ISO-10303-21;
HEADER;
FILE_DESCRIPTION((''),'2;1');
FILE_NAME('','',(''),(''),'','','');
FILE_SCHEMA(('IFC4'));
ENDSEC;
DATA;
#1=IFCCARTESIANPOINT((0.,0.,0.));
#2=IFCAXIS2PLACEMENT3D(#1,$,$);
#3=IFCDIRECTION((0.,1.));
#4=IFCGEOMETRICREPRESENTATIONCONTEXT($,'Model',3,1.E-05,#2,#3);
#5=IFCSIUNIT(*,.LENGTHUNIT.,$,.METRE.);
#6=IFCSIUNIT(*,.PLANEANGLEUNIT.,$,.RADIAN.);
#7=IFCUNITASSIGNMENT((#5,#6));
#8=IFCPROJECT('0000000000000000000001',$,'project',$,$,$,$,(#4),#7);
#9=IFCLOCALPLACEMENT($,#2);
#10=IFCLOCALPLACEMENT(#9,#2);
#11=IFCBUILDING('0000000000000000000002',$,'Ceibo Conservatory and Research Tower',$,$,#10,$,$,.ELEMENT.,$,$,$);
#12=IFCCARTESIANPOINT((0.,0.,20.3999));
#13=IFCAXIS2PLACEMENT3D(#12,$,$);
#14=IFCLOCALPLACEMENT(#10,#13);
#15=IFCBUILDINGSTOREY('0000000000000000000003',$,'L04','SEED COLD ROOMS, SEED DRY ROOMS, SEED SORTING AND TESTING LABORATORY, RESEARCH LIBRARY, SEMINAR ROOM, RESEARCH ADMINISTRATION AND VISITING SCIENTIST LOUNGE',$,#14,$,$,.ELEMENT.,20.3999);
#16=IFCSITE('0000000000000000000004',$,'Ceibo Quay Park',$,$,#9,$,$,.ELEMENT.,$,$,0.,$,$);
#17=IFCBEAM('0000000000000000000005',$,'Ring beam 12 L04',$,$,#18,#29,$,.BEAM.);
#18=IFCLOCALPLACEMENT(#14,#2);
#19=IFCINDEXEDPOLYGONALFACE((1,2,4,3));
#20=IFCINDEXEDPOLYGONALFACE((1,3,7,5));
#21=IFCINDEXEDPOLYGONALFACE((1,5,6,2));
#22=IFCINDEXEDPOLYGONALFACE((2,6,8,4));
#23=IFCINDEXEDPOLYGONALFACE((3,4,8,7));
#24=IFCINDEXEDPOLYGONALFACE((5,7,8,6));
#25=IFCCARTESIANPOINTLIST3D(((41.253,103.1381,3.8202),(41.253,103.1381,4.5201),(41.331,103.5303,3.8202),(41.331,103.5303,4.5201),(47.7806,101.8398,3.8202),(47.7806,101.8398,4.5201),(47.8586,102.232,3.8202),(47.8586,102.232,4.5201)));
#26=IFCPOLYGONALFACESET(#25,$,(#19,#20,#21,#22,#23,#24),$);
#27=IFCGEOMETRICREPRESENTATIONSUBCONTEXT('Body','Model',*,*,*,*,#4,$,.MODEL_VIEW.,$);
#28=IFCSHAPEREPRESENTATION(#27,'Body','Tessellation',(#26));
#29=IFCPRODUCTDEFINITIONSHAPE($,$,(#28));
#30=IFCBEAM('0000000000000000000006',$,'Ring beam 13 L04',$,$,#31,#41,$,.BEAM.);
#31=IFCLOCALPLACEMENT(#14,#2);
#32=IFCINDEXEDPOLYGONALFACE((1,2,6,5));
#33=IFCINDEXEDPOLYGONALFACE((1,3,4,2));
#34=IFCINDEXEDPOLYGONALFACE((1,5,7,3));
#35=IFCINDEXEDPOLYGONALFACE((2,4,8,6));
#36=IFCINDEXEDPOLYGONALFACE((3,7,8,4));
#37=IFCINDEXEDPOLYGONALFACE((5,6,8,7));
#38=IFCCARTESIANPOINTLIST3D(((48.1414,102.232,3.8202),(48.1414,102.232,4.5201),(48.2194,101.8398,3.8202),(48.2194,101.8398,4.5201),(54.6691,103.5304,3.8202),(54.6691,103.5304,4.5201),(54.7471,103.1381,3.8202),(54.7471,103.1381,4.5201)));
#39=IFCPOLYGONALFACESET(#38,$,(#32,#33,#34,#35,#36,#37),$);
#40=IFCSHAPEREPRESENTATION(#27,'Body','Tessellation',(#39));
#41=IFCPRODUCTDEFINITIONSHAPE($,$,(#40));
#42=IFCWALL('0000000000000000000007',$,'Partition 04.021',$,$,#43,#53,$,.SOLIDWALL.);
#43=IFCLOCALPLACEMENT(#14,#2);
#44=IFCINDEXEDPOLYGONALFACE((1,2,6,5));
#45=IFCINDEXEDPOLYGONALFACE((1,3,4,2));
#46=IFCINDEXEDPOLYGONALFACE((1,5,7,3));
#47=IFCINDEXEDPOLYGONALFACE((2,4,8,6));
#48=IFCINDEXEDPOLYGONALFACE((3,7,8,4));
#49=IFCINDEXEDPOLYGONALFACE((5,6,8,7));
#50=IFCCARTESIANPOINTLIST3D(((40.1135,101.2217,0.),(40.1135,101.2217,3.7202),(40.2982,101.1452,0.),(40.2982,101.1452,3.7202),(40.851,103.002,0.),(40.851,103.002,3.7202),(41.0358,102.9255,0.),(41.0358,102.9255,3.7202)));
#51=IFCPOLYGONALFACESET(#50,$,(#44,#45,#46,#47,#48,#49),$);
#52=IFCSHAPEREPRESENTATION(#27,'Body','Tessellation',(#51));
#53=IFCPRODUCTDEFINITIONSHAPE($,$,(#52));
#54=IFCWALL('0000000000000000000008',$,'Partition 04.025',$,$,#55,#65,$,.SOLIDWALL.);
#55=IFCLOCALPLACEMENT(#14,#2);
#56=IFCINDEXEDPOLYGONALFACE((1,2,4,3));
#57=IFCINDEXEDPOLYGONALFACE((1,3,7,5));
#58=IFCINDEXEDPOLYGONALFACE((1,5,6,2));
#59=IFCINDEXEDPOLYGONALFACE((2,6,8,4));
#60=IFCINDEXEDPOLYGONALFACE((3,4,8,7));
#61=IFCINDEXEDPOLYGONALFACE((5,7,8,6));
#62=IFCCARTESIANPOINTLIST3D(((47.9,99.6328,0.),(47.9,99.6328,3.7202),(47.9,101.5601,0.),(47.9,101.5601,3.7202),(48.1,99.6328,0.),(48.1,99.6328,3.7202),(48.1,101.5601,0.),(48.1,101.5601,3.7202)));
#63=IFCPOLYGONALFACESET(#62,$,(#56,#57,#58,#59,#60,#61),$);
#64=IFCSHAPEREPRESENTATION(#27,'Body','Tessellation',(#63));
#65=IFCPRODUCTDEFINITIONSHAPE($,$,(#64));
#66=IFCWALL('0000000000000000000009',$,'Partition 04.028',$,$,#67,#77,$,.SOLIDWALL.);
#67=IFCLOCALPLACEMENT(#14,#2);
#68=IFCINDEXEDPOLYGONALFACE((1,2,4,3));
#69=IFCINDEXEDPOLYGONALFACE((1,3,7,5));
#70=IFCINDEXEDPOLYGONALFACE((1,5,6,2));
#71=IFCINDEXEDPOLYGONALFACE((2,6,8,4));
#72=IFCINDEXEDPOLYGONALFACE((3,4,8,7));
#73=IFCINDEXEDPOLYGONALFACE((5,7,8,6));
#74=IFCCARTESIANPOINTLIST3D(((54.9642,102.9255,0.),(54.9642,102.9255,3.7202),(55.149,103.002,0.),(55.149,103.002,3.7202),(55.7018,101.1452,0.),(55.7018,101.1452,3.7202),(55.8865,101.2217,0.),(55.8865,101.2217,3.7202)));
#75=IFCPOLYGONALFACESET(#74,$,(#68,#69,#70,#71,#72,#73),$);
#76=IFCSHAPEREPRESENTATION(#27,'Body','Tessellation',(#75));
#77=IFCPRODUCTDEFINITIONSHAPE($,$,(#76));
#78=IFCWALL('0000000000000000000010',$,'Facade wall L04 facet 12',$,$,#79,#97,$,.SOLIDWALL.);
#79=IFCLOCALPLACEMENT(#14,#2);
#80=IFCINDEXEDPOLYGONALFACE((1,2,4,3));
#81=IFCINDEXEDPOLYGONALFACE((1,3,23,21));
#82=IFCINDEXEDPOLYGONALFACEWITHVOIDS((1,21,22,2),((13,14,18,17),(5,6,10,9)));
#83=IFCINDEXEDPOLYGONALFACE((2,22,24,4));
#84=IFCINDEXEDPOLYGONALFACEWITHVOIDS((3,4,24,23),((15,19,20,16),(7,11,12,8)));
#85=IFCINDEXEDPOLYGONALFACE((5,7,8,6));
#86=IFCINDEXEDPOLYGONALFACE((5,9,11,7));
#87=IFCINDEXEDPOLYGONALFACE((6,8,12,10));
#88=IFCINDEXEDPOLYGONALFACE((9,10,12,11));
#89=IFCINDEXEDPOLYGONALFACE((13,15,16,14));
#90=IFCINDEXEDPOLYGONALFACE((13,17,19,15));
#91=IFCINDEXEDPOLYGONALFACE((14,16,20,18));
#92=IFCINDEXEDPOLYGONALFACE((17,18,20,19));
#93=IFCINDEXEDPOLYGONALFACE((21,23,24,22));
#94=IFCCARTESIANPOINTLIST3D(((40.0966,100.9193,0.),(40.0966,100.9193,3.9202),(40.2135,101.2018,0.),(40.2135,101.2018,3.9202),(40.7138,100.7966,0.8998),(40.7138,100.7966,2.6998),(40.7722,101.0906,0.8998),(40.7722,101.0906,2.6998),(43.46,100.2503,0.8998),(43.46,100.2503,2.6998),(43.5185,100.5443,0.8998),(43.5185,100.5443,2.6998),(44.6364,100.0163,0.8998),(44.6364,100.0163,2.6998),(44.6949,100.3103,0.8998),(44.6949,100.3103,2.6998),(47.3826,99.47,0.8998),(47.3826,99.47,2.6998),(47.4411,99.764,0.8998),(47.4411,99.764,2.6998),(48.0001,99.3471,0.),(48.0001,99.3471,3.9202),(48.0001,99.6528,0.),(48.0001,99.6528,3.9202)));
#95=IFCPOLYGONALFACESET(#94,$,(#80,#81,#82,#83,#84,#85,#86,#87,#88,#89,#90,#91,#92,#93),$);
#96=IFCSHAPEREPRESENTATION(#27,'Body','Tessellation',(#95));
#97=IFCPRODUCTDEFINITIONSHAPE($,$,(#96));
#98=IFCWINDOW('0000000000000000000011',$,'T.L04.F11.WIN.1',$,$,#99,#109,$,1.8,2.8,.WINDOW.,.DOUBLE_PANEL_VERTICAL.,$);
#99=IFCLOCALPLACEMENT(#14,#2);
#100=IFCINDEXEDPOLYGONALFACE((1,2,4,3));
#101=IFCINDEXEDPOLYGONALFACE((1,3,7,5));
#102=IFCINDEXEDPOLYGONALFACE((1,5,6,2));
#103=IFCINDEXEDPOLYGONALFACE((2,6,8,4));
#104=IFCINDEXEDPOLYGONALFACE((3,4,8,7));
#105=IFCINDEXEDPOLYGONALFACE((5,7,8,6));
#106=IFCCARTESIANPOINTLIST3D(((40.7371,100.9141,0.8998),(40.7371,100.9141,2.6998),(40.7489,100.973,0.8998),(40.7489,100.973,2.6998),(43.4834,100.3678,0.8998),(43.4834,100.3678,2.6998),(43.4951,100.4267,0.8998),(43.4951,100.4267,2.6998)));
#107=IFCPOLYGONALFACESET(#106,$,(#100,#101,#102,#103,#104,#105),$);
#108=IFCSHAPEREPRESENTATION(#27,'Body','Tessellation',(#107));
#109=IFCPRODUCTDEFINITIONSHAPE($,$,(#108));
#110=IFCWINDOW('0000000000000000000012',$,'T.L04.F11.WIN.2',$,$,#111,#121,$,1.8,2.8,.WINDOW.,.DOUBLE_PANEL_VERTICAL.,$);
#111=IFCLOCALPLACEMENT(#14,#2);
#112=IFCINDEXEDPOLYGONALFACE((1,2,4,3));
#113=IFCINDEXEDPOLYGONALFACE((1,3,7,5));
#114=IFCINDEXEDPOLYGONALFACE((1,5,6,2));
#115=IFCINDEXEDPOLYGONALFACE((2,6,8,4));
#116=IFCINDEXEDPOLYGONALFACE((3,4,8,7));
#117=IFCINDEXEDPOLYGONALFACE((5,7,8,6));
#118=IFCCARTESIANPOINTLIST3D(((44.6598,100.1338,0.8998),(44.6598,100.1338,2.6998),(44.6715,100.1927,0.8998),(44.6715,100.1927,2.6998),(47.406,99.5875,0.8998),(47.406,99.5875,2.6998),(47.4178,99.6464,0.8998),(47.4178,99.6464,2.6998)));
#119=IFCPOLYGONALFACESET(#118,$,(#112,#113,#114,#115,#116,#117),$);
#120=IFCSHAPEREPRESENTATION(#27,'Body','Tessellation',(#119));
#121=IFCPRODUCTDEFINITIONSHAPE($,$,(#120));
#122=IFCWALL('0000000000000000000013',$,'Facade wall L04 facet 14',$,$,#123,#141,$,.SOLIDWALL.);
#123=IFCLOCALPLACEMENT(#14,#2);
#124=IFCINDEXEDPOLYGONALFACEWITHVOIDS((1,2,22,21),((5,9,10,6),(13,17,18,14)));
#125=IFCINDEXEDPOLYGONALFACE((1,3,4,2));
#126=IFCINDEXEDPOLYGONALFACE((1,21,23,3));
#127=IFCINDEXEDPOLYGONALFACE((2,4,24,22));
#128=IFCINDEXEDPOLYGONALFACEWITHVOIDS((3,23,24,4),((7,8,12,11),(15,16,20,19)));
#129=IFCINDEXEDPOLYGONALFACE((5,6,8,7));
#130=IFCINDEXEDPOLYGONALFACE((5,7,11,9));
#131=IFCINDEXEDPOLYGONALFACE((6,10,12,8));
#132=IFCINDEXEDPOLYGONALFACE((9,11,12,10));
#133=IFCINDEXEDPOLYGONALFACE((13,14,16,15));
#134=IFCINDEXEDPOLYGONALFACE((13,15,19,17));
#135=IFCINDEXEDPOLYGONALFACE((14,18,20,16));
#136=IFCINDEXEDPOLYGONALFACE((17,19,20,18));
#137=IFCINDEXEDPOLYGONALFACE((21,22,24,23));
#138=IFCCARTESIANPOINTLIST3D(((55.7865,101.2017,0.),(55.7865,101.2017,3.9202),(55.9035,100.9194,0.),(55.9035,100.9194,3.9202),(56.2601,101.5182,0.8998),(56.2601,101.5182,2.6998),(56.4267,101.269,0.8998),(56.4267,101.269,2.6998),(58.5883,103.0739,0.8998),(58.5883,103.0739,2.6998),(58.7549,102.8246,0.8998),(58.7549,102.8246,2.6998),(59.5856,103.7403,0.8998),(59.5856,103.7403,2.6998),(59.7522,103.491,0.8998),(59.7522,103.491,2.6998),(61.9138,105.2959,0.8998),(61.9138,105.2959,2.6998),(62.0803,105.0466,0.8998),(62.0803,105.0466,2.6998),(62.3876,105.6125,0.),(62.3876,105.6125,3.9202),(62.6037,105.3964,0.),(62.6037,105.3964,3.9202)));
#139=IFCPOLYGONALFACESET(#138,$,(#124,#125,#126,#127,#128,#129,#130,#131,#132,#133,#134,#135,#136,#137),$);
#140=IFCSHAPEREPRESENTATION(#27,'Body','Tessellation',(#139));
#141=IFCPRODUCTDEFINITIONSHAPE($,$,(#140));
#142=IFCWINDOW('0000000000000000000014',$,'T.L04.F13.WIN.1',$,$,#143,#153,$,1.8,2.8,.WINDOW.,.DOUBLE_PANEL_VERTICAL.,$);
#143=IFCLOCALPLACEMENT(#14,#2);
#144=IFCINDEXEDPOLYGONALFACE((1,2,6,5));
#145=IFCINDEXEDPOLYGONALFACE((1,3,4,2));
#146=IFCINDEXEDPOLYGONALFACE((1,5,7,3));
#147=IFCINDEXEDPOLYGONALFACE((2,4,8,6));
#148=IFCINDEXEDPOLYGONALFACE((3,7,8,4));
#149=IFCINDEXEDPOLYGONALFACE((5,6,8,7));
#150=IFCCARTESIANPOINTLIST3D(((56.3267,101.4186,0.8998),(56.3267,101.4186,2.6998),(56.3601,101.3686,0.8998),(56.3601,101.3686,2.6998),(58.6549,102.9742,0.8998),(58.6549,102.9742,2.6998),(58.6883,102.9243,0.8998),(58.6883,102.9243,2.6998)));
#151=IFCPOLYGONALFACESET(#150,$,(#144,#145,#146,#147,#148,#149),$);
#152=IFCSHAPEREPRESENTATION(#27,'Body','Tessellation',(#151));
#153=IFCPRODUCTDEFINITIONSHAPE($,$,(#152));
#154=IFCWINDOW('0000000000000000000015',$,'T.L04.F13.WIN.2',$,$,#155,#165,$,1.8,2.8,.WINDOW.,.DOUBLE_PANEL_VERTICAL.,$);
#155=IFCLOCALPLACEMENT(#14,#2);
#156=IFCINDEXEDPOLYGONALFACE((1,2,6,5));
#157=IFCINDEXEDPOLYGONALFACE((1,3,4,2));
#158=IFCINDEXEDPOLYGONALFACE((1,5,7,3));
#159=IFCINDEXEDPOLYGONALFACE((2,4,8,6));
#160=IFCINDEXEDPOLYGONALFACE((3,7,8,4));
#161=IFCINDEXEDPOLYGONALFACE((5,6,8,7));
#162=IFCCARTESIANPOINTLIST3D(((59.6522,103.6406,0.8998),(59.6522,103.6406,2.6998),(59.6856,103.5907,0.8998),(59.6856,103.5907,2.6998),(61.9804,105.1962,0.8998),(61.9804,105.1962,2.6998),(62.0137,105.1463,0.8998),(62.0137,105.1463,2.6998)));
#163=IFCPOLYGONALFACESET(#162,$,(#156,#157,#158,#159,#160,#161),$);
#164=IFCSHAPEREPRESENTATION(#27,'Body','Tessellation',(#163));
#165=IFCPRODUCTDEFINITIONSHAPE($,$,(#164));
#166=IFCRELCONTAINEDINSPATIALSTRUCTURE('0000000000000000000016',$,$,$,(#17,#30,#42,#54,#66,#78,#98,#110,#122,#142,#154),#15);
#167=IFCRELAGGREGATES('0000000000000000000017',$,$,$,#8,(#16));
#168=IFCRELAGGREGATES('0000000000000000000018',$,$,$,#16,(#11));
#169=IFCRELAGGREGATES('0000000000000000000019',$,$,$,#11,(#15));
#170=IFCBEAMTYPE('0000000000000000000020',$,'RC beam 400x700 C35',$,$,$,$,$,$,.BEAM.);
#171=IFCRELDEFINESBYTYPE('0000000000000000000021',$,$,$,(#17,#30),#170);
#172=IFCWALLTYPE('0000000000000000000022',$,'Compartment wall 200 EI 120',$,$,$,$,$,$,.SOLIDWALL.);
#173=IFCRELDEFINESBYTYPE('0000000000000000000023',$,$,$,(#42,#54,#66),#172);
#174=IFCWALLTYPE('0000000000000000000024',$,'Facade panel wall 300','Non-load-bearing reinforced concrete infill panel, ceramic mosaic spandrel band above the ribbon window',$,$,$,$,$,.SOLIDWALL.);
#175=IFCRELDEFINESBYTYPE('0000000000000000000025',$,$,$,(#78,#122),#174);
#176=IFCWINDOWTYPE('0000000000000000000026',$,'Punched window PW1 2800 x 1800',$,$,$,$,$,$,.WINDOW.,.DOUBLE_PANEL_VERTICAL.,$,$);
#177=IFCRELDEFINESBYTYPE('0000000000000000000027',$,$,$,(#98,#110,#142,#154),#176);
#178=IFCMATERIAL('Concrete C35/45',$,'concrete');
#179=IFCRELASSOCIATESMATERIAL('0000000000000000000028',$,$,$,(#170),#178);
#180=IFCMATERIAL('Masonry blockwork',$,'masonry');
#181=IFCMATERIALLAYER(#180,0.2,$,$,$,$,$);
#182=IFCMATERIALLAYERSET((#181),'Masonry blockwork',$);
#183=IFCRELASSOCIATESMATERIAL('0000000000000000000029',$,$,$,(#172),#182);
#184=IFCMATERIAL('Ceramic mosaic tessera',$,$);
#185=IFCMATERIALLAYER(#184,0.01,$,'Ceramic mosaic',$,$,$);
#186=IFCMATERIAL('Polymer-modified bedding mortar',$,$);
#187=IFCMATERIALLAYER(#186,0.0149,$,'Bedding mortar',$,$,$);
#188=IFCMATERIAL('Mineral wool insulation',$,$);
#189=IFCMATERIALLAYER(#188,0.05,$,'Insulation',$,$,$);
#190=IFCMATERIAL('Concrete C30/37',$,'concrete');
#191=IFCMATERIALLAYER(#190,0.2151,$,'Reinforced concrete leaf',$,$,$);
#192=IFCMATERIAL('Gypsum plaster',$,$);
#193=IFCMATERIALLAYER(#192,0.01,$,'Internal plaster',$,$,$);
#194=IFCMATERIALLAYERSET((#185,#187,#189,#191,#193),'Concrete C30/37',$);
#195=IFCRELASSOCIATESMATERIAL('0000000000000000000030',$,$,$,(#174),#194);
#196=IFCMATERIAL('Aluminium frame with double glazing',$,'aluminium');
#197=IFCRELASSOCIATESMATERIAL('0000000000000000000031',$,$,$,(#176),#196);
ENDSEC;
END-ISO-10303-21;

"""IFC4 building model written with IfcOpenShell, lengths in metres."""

from ifc_helpers import new_model, si_unit, direction, frame, frame_2d, origin, origin_2d, place, context, subcontext, project, spatial, polyline, rectangle, outline, extrude, material, layer, layer_set, material_profile, profile_set, type_object, element, fill, save


model = new_model("IFC4")

# Units and contexts
model_context = context("Model", 3, precision=1e-05, world=origin(), true_north=direction((0.0, 1.0)))
body_context = subcontext(model_context, "Body", "Model", "MODEL_VIEW")
ifc_project = project(units=[si_unit("LENGTHUNIT", "METRE"), si_unit("PLANEANGLEUNIT", "RADIAN")], contexts=[model_context])

# Site, building, storey
site_placement = place(None, origin())
site = spatial("IfcSite", under=ifc_project, at=site_placement, Name="Ceibo Quay Park", CompositionType="ELEMENT", RefElevation=0.0)
building_placement = place(site_placement, origin())
building = spatial("IfcBuilding", under=site, at=building_placement, Name="Ceibo Conservatory and Research Tower", CompositionType="ELEMENT")
storey_placement = place(building_placement, frame((0.0, 0.0, 20.3999)))
storey = spatial("IfcBuildingStorey", under=building, at=storey_placement, Name="L04", Description="SEED COLD ROOMS, SEED DRY ROOMS, SEED SORTING AND TESTING LABORATORY, RESEARCH LIBRARY, SEMINAR ROOM, RESEARCH ADMINISTRATION AND VISITING SCIENTIST LOUNGE", CompositionType="ELEMENT", Elevation=20.3999)

# Shared definitions
ifc_material_1 = material(Name="Concrete C35/45", Category="concrete")

# Beams
ifc_material_profile_1 = material_profile(ifc_material_1, rectangle(XDim=0.3999, YDim=0.7, at=origin_2d()), Name="RC 400x700")
ifc_profile_set_1 = profile_set([ifc_material_profile_1], Name="Concrete C35/45")
beam_type_1 = type_object("IfcBeamType", Name="RC beam 400x700 C35", PredefinedType="BEAM", material=ifc_profile_set_1)
for number, where, z_axis, x_axis, name in (
    (1, (41.292, 103.3342, 4.1702), (0.980788, -0.195079, 0.0), (0.195079, 0.980788, 0.0), "Ring beam 12 L04"),
    (2, (48.1804, 102.0359, 4.1702), (0.980788, 0.195079, 0.0), (-0.195079, 0.980788, 0.0), "Ring beam 13 L04"),
):
    element("IfcBeam", number, at=place(storey_placement, frame(where, z_axis=z_axis, x_axis=x_axis)), inside=storey, type_object=beam_type_1, Name=name, PredefinedType="BEAM", context=body_context, shape_type="SweptSolid", body=[
        extrude(rectangle(XDim=0.3999, YDim=0.7, at=origin_2d()), origin(), (0.0, 0.0, 1.0), 6.6555),
    ])

# Walls
ifc_material_2 = material(Name="Masonry blockwork", Category="masonry")
ifc_layer_1 = layer(ifc_material_2, 0.2)
ifc_layer_set_1 = layer_set([ifc_layer_1], Name="Masonry blockwork")
wall_type_1 = type_object("IfcWallType", Name="Compartment wall 200 EI 120", PredefinedType="SOLIDWALL", material=ifc_layer_set_1)
wall_1_placement = place(storey_placement, frame((40.9434, 102.9636, 0.0), z_axis=(0.0, 0.0, 1.0), x_axis=(-0.382743, -0.923855, 0.0)))
element("IfcWall", 3, at=wall_1_placement, inside=storey, type_object=wall_type_1, Name="Partition 04.021", PredefinedType="SOLIDWALL", context=body_context, shape_type="SweptSolid", body=[
    extrude(rectangle(XDim=1.927, YDim=0.2, at=frame_2d((0.9634, 0.0))), origin(), (0.0, 0.0, 1.0), 3.7202),
])
wall_2_placement = place(storey_placement, frame((48.0, 101.5601, 0.0), z_axis=(0.0, 0.0, 1.0), x_axis=(0.0, -1.0, 0.0)))
element("IfcWall", 4, at=wall_2_placement, inside=storey, type_object=wall_type_1, Name="Partition 04.025", PredefinedType="SOLIDWALL", context=body_context, shape_type="SweptSolid", body=[
    extrude(rectangle(XDim=1.9272, YDim=0.2, at=frame_2d((0.9636, 0.0))), origin(), (0.0, 0.0, 1.0), 3.7202),
])
wall_3_placement = place(storey_placement, frame((55.0566, 102.9636, 0.0), z_axis=(0.0, 0.0, 1.0), x_axis=(0.382743, -0.923855, 0.0)))
element("IfcWall", 5, at=wall_3_placement, inside=storey, type_object=wall_type_1, Name="Partition 04.028", PredefinedType="SOLIDWALL", context=body_context, shape_type="SweptSolid", body=[
    extrude(rectangle(XDim=1.927, YDim=0.2, at=frame_2d((0.9634, 0.0))), origin(), (0.0, 0.0, 1.0), 3.7202),
])

# Walls, openings, windows
ifc_material_3 = material(Name="Ceramic mosaic tessera")
ifc_layer_2 = layer(ifc_material_3, 0.01, Name="Ceramic mosaic")
ifc_material_4 = material(Name="Polymer-modified bedding mortar")
ifc_layer_3 = layer(ifc_material_4, 0.0149, Name="Bedding mortar")
ifc_material_5 = material(Name="Mineral wool insulation")
ifc_layer_4 = layer(ifc_material_5, 0.05, Name="Insulation")
ifc_material_6 = material(Name="Concrete C30/37", Category="concrete")
ifc_layer_5 = layer(ifc_material_6, 0.2151, Name="Reinforced concrete leaf")
ifc_material_7 = material(Name="Gypsum plaster")
ifc_layer_6 = layer(ifc_material_7, 0.01, Name="Internal plaster")
ifc_layer_set_2 = layer_set([ifc_layer_2, ifc_layer_3, ifc_layer_4, ifc_layer_5, ifc_layer_6], Name="Concrete C30/37")
wall_type_2 = type_object("IfcWallType", Name="Facade panel wall 300", Description="Non-load-bearing reinforced concrete infill panel, ceramic mosaic spandrel band above the ribbon window", PredefinedType="SOLIDWALL", material=ifc_layer_set_2)
wall_4_placement = place(storey_placement, frame((40.155, 101.0605, 0.0), z_axis=(0.0, 0.0, 1.0), x_axis=(0.980783, -0.195101, 0.0)))
wall_4 = element("IfcWall", 6, at=wall_4_placement, inside=storey, type_object=wall_type_2, Name="Facade wall L04 facet 12", PredefinedType="SOLIDWALL", context=body_context, shape_type="SweptSolid", body=[
    extrude(outline(polyline([(-0.0298, -0.1499), (8.0286, -0.1499), (7.969, 0.1499), (0.0298, 0.1499), (-0.0298, -0.1499)])), origin(), (0.0, 0.0, 1.0), 3.9202),
])
opening_1_placement = place(wall_4_placement, frame((0.5996, 0.0, 0.8999)))
opening_1 = element("IfcOpeningElement", 7, at=opening_1_placement, cuts=wall_4, PredefinedType="OPENING", context=body_context, shape_type="SweptSolid", body=[
    extrude(rectangle(XDim=2.8, YDim=1.8, at=frame_2d((1.3999, 0.8999))), frame((0.0, 0.1599, 0.0), z_axis=(0.0, -1.0, 0.0), x_axis=(1.0, 0.0, 0.0)), (0.0, 0.0, 1.0), 0.3201),
])
opening_2_placement = place(wall_4_placement, frame((4.5991, 0.0, 0.8999)))
opening_2 = element("IfcOpeningElement", 8, at=opening_2_placement, cuts=wall_4, PredefinedType="OPENING", context=body_context, shape_type="SweptSolid", body=[
    extrude(rectangle(XDim=2.8, YDim=1.8, at=frame_2d((1.3999, 0.8999))), frame((0.0, 0.1599, 0.0), z_axis=(0.0, -1.0, 0.0), x_axis=(1.0, 0.0, 0.0)), (0.0, 0.0, 1.0), 0.3201),
])
ifc_material_8 = material(Name="Aluminium frame with double glazing", Category="aluminium")
window_type = type_object("IfcWindowType", Name="Punched window PW1 2800 x 1800", PartitioningType="DOUBLE_PANEL_VERTICAL", PredefinedType="WINDOW", material=ifc_material_8)
window_1_placement = place(opening_1_placement, origin())
window_1 = element("IfcWindow", 9, at=window_1_placement, inside=storey, type_object=window_type, Name="T.L04.F11.WIN.1", OverallHeight=1.8, OverallWidth=2.8, PartitioningType="DOUBLE_PANEL_VERTICAL", PredefinedType="WINDOW", context=body_context, shape_type="SweptSolid", body=[
    extrude(rectangle(XDim=2.8, YDim=1.8, at=frame_2d((1.3999, 0.8999))), frame((0.0, 0.03, 0.0), z_axis=(0.0, -1.0, 0.0), x_axis=(1.0, 0.0, 0.0)), (0.0, 0.0, 1.0), 0.0601),
])
fill(opening_1, window_1)
window_2_placement = place(opening_2_placement, origin())
window_2 = element("IfcWindow", 10, at=window_2_placement, inside=storey, type_object=window_type, Name="T.L04.F11.WIN.2", OverallHeight=1.8, OverallWidth=2.8, PartitioningType="DOUBLE_PANEL_VERTICAL", PredefinedType="WINDOW", context=body_context, shape_type="SweptSolid", body=[
    extrude(rectangle(XDim=2.8, YDim=1.8, at=frame_2d((1.3999, 0.8999))), frame((0.0, 0.03, 0.0), z_axis=(0.0, -1.0, 0.0), x_axis=(1.0, 0.0, 0.0)), (0.0, 0.0, 1.0), 0.0601),
])
fill(opening_2, window_2)
wall_5_placement = place(storey_placement, frame((55.845, 101.0605, 0.0), z_axis=(0.0, 0.0, 1.0), x_axis=(0.831468, 0.555573, 0.0)))
wall_5 = element("IfcWall", 11, at=wall_5_placement, inside=storey, type_object=wall_type_2, Name="Facade wall L04 facet 14", PredefinedType="SOLIDWALL", context=body_context, shape_type="SweptSolid", body=[
    extrude(outline(polyline([(-0.0298, -0.1499), (8.0286, -0.1499), (7.969, 0.1499), (0.0298, 0.1499), (-0.0298, -0.1499)])), origin(), (0.0, 0.0, 1.0), 3.9202),
])
opening_3_placement = place(wall_5_placement, frame((0.5996, 0.0, 0.8999)))
opening_3 = element("IfcOpeningElement", 12, at=opening_3_placement, cuts=wall_5, PredefinedType="OPENING", context=body_context, shape_type="SweptSolid", body=[
    extrude(rectangle(XDim=2.8, YDim=1.8, at=frame_2d((1.3999, 0.8999))), frame((0.0, 0.1599, 0.0), z_axis=(0.0, -1.0, 0.0), x_axis=(1.0, 0.0, 0.0)), (0.0, 0.0, 1.0), 0.3201),
])
opening_4_placement = place(wall_5_placement, frame((4.5991, 0.0, 0.8999)))
opening_4 = element("IfcOpeningElement", 13, at=opening_4_placement, cuts=wall_5, PredefinedType="OPENING", context=body_context, shape_type="SweptSolid", body=[
    extrude(rectangle(XDim=2.8, YDim=1.8, at=frame_2d((1.3999, 0.8999))), frame((0.0, 0.1599, 0.0), z_axis=(0.0, -1.0, 0.0), x_axis=(1.0, 0.0, 0.0)), (0.0, 0.0, 1.0), 0.3201),
])
window_3_placement = place(opening_3_placement, origin())
window_3 = element("IfcWindow", 14, at=window_3_placement, inside=storey, type_object=window_type, Name="T.L04.F13.WIN.1", OverallHeight=1.8, OverallWidth=2.8, PartitioningType="DOUBLE_PANEL_VERTICAL", PredefinedType="WINDOW", context=body_context, shape_type="SweptSolid", body=[
    extrude(rectangle(XDim=2.8, YDim=1.8, at=frame_2d((1.3999, 0.8999))), frame((0.0, 0.03, 0.0), z_axis=(0.0, -1.0, 0.0), x_axis=(1.0, 0.0, 0.0)), (0.0, 0.0, 1.0), 0.0601),
])
fill(opening_3, window_3)
window_4_placement = place(opening_4_placement, origin())
window_4 = element("IfcWindow", 15, at=window_4_placement, inside=storey, type_object=window_type, Name="T.L04.F13.WIN.2", OverallHeight=1.8, OverallWidth=2.8, PartitioningType="DOUBLE_PANEL_VERTICAL", PredefinedType="WINDOW", context=body_context, shape_type="SweptSolid", body=[
    extrude(rectangle(XDim=2.8, YDim=1.8, at=frame_2d((1.3999, 0.8999))), frame((0.0, 0.03, 0.0), z_axis=(0.0, -1.0, 0.0), x_axis=(1.0, 0.0, 0.0)), (0.0, 0.0, 1.0), 0.0601),
])
fill(opening_4, window_4)

save(model, "model.ifc")
